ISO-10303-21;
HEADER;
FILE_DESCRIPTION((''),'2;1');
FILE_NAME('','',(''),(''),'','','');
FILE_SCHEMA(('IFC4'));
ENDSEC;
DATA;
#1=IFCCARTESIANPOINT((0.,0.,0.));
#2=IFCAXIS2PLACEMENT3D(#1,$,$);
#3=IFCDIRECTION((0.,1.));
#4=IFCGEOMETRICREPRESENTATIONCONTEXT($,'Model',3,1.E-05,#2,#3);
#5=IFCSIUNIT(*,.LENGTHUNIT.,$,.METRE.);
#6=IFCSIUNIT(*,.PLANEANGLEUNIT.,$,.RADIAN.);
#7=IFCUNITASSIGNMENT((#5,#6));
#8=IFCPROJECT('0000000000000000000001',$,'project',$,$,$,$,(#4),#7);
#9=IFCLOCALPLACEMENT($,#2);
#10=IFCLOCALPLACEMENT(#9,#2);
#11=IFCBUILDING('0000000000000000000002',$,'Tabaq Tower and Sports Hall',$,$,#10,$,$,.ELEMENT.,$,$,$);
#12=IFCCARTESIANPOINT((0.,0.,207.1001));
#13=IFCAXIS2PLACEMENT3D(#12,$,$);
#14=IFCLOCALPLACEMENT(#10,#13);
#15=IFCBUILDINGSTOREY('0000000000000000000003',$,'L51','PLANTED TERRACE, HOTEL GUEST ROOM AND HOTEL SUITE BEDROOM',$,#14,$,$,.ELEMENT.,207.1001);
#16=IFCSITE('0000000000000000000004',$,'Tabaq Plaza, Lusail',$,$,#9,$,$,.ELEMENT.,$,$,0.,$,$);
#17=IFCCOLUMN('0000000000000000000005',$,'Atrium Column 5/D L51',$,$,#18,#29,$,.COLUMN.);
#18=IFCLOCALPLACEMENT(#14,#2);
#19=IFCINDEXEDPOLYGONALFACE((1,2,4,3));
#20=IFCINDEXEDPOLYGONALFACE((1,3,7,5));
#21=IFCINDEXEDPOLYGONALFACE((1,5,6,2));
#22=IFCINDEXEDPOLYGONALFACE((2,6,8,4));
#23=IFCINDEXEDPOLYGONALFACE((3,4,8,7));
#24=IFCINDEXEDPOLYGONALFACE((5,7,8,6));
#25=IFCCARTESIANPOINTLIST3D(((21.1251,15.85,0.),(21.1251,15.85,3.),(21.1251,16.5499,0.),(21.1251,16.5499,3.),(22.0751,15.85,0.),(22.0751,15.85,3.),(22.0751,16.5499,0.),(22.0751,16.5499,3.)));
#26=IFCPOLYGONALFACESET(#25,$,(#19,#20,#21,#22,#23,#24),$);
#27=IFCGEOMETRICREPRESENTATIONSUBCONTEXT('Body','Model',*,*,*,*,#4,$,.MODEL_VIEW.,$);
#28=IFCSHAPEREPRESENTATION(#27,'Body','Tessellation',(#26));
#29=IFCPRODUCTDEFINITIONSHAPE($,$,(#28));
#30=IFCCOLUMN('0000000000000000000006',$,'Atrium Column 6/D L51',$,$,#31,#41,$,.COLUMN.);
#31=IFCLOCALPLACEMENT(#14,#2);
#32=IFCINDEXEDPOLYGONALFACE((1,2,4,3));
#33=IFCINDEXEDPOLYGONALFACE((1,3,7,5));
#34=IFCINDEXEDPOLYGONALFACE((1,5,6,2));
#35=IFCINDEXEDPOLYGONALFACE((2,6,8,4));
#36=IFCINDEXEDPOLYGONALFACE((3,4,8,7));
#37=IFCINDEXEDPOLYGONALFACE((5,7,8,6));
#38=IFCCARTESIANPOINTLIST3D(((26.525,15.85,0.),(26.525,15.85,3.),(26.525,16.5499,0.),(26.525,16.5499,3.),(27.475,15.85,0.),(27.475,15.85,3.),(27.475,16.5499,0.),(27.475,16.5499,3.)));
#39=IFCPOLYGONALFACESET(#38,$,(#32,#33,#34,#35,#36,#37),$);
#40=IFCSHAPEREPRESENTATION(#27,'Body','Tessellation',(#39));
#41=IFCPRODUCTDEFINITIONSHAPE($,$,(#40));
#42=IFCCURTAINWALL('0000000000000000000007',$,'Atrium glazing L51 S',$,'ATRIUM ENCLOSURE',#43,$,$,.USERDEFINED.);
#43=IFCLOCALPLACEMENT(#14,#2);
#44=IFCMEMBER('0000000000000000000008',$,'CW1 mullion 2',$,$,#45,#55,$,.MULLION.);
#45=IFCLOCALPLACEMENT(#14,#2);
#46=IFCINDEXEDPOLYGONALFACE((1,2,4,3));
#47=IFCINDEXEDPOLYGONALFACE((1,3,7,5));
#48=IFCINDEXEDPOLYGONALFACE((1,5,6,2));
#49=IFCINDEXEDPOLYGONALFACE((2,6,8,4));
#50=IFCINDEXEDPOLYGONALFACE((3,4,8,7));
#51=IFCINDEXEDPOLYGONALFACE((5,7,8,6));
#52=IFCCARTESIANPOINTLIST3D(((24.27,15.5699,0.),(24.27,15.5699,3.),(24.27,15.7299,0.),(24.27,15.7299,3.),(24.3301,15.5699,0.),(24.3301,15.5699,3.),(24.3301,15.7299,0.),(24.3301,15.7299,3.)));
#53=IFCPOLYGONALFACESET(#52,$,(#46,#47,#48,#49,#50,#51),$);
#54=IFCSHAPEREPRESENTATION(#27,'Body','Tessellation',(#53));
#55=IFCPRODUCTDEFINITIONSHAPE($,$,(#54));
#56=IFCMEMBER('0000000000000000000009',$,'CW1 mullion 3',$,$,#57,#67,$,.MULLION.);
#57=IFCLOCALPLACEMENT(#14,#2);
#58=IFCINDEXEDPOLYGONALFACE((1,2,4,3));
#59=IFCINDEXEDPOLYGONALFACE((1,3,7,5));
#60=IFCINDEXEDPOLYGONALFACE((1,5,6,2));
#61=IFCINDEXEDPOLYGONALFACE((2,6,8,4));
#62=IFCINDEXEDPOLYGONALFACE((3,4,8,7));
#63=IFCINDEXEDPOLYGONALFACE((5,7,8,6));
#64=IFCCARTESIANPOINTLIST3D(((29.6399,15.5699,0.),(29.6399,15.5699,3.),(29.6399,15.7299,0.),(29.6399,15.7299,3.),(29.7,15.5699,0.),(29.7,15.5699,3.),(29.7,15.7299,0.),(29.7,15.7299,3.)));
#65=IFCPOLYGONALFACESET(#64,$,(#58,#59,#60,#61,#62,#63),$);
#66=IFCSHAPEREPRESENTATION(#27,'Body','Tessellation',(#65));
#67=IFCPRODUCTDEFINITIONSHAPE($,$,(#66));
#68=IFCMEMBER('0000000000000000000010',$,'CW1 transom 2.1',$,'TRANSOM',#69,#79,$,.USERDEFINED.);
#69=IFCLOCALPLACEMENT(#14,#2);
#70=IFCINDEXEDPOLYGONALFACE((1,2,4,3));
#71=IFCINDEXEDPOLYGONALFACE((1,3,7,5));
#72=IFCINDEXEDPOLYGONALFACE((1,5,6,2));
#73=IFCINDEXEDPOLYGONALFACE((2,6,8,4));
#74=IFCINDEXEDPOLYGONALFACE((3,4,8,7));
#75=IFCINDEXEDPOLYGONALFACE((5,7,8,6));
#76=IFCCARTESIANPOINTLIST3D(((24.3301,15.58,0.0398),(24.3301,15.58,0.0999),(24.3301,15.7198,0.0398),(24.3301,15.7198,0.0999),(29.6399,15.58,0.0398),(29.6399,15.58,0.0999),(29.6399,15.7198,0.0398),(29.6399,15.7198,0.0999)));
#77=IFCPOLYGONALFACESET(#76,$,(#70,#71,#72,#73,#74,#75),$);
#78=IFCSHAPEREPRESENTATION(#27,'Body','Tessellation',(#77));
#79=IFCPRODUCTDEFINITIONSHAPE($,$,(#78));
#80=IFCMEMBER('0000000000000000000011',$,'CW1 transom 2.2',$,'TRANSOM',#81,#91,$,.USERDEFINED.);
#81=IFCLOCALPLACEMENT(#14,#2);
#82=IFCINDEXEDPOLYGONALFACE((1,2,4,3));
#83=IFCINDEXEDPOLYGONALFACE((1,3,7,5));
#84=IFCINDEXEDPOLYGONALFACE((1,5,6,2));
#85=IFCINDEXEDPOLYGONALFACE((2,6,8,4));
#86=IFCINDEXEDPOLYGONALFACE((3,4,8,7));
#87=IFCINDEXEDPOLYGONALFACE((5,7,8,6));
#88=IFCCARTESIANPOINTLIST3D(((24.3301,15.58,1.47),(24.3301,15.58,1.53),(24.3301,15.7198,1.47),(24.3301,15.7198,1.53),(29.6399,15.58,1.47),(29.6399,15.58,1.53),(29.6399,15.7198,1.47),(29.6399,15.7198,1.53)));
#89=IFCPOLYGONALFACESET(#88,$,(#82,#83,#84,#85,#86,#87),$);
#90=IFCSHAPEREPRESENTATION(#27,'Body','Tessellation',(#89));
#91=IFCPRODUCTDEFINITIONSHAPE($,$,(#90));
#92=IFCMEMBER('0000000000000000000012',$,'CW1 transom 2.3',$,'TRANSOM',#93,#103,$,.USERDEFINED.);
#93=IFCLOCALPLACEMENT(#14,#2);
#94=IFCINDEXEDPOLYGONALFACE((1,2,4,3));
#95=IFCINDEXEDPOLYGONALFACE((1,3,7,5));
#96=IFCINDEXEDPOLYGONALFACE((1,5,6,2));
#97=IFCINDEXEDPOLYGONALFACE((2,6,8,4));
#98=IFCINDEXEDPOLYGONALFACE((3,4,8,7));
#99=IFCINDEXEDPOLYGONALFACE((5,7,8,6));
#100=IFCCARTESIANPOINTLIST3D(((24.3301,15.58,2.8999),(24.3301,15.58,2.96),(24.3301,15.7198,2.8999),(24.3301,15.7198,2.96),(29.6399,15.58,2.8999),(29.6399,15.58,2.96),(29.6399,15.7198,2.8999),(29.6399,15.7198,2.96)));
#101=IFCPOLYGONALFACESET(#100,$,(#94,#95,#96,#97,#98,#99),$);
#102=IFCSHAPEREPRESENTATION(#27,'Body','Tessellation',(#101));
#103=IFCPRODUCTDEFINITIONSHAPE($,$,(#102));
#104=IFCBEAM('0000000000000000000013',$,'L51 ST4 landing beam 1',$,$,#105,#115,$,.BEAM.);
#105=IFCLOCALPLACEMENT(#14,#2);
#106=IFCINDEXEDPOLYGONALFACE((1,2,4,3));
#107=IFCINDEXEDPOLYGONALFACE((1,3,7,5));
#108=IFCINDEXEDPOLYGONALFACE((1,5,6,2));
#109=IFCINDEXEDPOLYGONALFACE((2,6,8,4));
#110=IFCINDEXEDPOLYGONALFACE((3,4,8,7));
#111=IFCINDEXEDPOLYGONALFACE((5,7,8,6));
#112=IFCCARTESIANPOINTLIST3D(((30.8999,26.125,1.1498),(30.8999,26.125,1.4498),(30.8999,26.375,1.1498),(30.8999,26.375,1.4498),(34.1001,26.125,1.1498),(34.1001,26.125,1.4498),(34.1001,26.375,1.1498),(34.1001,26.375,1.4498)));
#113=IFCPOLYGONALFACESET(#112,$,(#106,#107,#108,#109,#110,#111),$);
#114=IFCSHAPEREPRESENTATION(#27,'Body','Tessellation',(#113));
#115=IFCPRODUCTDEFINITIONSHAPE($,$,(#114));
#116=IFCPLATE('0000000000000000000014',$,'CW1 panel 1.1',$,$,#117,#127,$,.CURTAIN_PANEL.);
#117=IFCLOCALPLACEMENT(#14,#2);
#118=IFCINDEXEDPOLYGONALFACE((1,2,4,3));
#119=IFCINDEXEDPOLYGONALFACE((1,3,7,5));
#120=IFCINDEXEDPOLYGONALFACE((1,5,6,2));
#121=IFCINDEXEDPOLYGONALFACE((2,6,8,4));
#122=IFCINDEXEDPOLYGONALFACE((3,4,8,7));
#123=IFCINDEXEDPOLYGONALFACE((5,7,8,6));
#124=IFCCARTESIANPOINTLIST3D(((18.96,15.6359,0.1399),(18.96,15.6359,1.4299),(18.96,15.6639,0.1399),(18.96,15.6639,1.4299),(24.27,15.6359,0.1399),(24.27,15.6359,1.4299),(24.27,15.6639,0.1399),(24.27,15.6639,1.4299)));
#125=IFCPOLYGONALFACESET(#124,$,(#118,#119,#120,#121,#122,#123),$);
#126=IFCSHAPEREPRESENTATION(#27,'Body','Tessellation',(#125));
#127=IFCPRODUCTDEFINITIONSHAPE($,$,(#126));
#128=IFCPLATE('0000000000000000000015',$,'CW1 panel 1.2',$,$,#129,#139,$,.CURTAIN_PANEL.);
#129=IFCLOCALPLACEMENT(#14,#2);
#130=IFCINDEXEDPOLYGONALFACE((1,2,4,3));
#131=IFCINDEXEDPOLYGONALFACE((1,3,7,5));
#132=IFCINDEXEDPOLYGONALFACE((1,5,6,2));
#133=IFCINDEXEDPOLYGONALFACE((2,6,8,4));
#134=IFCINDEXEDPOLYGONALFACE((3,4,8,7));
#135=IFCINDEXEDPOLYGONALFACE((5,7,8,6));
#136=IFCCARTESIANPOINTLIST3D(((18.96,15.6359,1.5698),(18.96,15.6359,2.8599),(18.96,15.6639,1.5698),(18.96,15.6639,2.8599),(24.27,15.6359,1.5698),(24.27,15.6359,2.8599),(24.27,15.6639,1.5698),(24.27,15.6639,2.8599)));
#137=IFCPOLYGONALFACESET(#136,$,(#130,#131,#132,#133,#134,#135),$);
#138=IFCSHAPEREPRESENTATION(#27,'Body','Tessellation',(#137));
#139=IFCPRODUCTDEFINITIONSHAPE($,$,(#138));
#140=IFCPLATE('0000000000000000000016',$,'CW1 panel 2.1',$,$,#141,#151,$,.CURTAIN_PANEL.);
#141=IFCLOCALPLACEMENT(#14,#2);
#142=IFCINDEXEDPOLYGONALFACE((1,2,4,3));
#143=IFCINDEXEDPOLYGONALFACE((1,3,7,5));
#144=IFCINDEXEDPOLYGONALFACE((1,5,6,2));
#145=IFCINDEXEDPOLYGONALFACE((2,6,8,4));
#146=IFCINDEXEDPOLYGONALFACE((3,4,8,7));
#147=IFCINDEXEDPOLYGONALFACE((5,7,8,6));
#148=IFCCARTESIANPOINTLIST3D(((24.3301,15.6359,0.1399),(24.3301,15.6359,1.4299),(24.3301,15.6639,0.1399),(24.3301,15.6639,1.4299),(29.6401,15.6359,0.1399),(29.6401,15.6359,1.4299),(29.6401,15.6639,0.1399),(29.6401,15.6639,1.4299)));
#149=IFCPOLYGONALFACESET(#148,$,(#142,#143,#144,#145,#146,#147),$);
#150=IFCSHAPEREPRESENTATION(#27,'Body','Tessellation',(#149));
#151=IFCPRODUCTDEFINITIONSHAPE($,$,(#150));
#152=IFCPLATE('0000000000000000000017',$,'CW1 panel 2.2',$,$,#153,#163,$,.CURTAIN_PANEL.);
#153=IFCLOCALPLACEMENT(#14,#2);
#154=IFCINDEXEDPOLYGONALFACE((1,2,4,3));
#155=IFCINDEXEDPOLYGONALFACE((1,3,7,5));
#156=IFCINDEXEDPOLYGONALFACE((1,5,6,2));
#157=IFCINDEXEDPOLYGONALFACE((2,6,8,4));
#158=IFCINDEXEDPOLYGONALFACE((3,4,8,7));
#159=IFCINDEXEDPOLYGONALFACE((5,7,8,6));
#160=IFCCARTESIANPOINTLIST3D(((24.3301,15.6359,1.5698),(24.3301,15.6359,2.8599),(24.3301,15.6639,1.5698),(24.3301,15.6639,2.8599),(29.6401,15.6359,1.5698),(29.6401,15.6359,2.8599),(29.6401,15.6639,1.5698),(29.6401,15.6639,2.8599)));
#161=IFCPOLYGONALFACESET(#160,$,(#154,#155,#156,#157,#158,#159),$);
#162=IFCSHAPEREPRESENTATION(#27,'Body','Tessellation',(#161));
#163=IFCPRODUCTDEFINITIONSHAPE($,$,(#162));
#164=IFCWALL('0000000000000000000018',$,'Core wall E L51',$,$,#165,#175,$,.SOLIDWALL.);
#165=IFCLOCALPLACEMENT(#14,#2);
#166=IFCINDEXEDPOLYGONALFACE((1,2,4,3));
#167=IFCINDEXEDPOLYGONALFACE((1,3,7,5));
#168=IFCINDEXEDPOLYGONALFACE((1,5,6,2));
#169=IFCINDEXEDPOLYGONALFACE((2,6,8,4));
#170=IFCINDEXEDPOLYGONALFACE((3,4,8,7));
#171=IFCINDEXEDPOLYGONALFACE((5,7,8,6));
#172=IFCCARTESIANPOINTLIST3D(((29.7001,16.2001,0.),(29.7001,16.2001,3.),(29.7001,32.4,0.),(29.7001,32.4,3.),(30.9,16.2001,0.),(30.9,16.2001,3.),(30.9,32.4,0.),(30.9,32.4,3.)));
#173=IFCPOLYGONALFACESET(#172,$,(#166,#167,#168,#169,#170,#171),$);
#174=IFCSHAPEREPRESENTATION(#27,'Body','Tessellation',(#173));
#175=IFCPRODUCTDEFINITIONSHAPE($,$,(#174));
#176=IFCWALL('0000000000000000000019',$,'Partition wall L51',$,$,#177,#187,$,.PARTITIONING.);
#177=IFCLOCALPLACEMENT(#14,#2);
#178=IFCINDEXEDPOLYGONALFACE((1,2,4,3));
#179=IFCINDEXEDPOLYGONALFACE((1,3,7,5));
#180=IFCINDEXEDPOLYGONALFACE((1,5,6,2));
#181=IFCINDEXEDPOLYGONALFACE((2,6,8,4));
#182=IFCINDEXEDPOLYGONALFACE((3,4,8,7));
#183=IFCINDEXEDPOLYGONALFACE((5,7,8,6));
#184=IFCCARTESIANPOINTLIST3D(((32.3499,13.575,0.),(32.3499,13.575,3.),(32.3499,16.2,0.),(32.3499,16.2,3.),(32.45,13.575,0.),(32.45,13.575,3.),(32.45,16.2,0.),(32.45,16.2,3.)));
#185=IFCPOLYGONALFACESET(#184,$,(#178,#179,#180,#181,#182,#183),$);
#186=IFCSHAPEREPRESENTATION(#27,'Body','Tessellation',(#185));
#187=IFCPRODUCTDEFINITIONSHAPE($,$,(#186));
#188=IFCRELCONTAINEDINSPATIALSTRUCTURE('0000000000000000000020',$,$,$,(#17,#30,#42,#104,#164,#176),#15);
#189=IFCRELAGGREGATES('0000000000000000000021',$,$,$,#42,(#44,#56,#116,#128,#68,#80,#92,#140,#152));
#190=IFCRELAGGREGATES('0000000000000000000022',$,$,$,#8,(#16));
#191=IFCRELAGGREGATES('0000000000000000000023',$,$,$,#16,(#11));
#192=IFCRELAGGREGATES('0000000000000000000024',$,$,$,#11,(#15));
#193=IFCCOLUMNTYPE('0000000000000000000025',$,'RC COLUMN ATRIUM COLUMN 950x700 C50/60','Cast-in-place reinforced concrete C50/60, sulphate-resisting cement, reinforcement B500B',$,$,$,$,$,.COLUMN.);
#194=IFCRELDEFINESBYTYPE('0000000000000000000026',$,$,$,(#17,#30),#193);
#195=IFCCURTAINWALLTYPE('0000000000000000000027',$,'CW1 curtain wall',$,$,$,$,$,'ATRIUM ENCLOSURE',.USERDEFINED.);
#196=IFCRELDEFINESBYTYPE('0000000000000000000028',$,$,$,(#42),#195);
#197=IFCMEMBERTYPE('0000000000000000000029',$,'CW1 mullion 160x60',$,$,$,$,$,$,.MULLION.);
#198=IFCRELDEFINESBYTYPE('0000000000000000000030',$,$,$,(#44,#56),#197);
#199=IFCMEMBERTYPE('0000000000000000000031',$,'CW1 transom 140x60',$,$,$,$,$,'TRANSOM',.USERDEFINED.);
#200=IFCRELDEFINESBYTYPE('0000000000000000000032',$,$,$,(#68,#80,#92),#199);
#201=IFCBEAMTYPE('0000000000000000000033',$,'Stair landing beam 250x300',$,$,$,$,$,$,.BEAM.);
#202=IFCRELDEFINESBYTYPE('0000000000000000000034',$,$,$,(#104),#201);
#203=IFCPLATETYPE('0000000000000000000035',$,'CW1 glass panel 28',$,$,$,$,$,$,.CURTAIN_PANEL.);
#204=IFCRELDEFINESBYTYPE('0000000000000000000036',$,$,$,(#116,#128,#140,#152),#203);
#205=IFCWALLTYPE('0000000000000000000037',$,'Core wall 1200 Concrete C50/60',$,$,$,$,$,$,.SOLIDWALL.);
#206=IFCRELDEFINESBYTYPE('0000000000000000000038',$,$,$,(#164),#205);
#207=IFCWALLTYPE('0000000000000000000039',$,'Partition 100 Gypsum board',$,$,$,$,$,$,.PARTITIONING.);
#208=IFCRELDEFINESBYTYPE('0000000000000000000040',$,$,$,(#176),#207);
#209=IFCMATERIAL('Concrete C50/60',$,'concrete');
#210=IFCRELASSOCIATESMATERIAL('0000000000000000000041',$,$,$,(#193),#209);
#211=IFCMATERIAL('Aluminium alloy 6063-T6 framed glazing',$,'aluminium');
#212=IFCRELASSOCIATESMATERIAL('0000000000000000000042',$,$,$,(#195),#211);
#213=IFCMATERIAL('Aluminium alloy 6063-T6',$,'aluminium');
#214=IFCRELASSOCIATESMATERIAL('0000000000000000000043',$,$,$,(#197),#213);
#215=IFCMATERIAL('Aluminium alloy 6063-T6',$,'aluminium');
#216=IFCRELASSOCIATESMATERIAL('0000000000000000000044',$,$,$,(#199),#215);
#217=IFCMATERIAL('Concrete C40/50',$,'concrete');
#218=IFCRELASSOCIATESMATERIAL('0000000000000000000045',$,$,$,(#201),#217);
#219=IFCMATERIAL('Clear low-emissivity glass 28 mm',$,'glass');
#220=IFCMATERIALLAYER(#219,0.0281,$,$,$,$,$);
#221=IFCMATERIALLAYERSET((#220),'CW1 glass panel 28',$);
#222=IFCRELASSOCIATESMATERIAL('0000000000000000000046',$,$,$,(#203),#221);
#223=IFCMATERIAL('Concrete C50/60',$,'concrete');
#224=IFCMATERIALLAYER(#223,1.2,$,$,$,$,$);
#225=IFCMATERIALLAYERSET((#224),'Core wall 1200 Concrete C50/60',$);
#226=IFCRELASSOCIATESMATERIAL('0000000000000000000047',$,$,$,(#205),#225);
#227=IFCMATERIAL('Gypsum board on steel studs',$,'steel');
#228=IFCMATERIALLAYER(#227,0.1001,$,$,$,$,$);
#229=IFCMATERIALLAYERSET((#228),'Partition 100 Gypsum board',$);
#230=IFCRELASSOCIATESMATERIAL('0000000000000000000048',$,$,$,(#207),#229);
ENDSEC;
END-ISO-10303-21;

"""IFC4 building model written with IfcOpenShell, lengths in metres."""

from ifc_helpers import new_model, si_unit, direction, frame, frame_2d, origin, origin_2d, place, context, subcontext, project, spatial, rectangle, extrude, material, layer, layer_set, material_profile, profile_set, type_object, element, aggregate, save


model = new_model("IFC4")

# Units and contexts
model_context = context("Model", 3, precision=1e-05, world=origin(), true_north=direction((0.0, 1.0)))
body_context = subcontext(model_context, "Body", "Model", "MODEL_VIEW")
ifc_project = project(units=[si_unit("LENGTHUNIT", "METRE"), si_unit("PLANEANGLEUNIT", "RADIAN")], contexts=[model_context])

# Site, building, storey
site_placement = place(None, origin())
site = spatial("IfcSite", under=ifc_project, at=site_placement, Name="Tabaq Plaza, Lusail", CompositionType="ELEMENT", RefElevation=0.0)
building_placement = place(site_placement, origin())
building = spatial("IfcBuilding", under=site, at=building_placement, Name="Tabaq Tower and Sports Hall", CompositionType="ELEMENT")
storey_placement = place(building_placement, frame((0.0, 0.0, 207.1001)))
storey = spatial("IfcBuildingStorey", under=building, at=storey_placement, Name="L51", Description="PLANTED TERRACE, HOTEL GUEST ROOM AND HOTEL SUITE BEDROOM", CompositionType="ELEMENT", Elevation=207.1001)

# Columns
ifc_material_1 = material(Name="Concrete C50/60", Category="concrete")
ifc_material_profile_1 = material_profile(ifc_material_1, rectangle(XDim=0.95, YDim=0.7, at=origin_2d()), Name="ATRIUM COLUMN 950x700")
ifc_profile_set_1 = profile_set([ifc_material_profile_1], Name="Concrete C50/60")
column_type = type_object("IfcColumnType", Name="RC COLUMN ATRIUM COLUMN 950x700 C50/60", Description="Cast-in-place reinforced concrete C50/60, sulphate-resisting cement, reinforcement B500B", PredefinedType="COLUMN", material=ifc_profile_set_1)
for number, where, z_axis, x_axis, name in (
    (1, (21.6001, 16.2, 0.0), (0.0, 0.0, 1.0), (1.0, 0.0, 0.0), "Atrium Column 5/D L51"),
    (2, (27.0, 16.2, 0.0), (0.0, 0.0, 1.0), (1.0, 0.0, 0.0), "Atrium Column 6/D L51"),
):
    element("IfcColumn", number, at=place(storey_placement, frame(where, z_axis=z_axis, x_axis=x_axis)), inside=storey, type_object=column_type, Name=name, PredefinedType="COLUMN", context=body_context, shape_type="SweptSolid", body=[
        extrude(rectangle(XDim=0.95, YDim=0.7, at=origin_2d()), origin(), (0.0, 0.0, 1.0), 3.0),
    ])

# Curtain wall, members
ifc_material_2 = material(Name="Aluminium alloy 6063-T6 framed glazing", Category="aluminium")
curtain_wall_type = type_object("IfcCurtainWallType", Name="CW1 curtain wall", ElementType="ATRIUM ENCLOSURE", PredefinedType="USERDEFINED", material=ifc_material_2)
curtain_wall_placement = place(storey_placement, origin())
curtain_wall = element("IfcCurtainWall", 3, at=curtain_wall_placement, inside=storey, type_object=curtain_wall_type, Name="Atrium glazing L51 S", ObjectType="ATRIUM ENCLOSURE", PredefinedType="USERDEFINED")
ifc_material_3 = material(Name="Aluminium alloy 6063-T6", Category="aluminium")
ifc_material_profile_2 = material_profile(ifc_material_3, rectangle(XDim=0.1599, YDim=0.0601, at=origin_2d()), Name="MULLION 160x60")
ifc_profile_set_2 = profile_set([ifc_material_profile_2], Name="Aluminium alloy 6063-T6")
member_type_1 = type_object("IfcMemberType", Name="CW1 mullion 160x60", PredefinedType="MULLION", material=ifc_profile_set_2)
member_1_placement = place(storey_placement, frame((24.3, 15.6499, 0.0), z_axis=(0.0, 0.0, 1.0), x_axis=(0.0, 1.0, 0.0)))
member_1 = element("IfcMember", 4, at=member_1_placement, type_object=member_type_1, Name="CW1 mullion 2", PredefinedType="MULLION", context=body_context, shape_type="SweptSolid", body=[
    extrude(rectangle(XDim=0.1599, YDim=0.0601, at=origin_2d()), origin(), (0.0, 0.0, 1.0), 3.0),
])
member_2_placement = place(storey_placement, frame((29.6699, 15.6499, 0.0), z_axis=(0.0, 0.0, 1.0), x_axis=(0.0, 1.0, 0.0)))
member_2 = element("IfcMember", 5, at=member_2_placement, type_object=member_type_1, Name="CW1 mullion 3", PredefinedType="MULLION", context=body_context, shape_type="SweptSolid", body=[
    extrude(rectangle(XDim=0.1599, YDim=0.0601, at=origin_2d()), origin(), (0.0, 0.0, 1.0), 3.0),
])
ifc_material_4 = material(Name="Aluminium alloy 6063-T6", Category="aluminium")
ifc_material_profile_3 = material_profile(ifc_material_4, rectangle(XDim=0.1399, YDim=0.0601, at=origin_2d()), Name="TRANSOM 140x60")
ifc_profile_set_3 = profile_set([ifc_material_profile_3], Name="Aluminium alloy 6063-T6")
member_type_2 = type_object("IfcMemberType", Name="CW1 transom 140x60", ElementType="TRANSOM", PredefinedType="USERDEFINED", material=ifc_profile_set_3)
member_3_placement = place(storey_placement, frame((24.3301, 15.6499, 0.0698), z_axis=(1.0, 0.0, 0.0), x_axis=(0.0, 1.0, 0.0)))
member_3 = element("IfcMember", 6, at=member_3_placement, type_object=member_type_2, Name="CW1 transom 2.1", ObjectType="TRANSOM", PredefinedType="USERDEFINED", context=body_context, shape_type="SweptSolid", body=[
    extrude(rectangle(XDim=0.1399, YDim=0.0601, at=origin_2d()), origin(), (0.0, 0.0, 1.0), 5.3098),
])
member_4_placement = place(storey_placement, frame((24.3301, 15.6499, 1.5), z_axis=(1.0, 0.0, 0.0), x_axis=(0.0, 1.0, 0.0)))
member_4 = element("IfcMember", 7, at=member_4_placement, type_object=member_type_2, Name="CW1 transom 2.2", ObjectType="TRANSOM", PredefinedType="USERDEFINED", context=body_context, shape_type="SweptSolid", body=[
    extrude(rectangle(XDim=0.1399, YDim=0.0601, at=origin_2d()), origin(), (0.0, 0.0, 1.0), 5.3098),
])
member_5_placement = place(storey_placement, frame((24.3301, 15.6499, 2.9299), z_axis=(1.0, 0.0, 0.0), x_axis=(0.0, 1.0, 0.0)))
member_5 = element("IfcMember", 8, at=member_5_placement, type_object=member_type_2, Name="CW1 transom 2.3", ObjectType="TRANSOM", PredefinedType="USERDEFINED", context=body_context, shape_type="SweptSolid", body=[
    extrude(rectangle(XDim=0.1399, YDim=0.0601, at=origin_2d()), origin(), (0.0, 0.0, 1.0), 5.3098),
])

# Beam
ifc_material_5 = material(Name="Concrete C40/50", Category="concrete")
ifc_material_profile_4 = material_profile(ifc_material_5, rectangle(XDim=0.25, YDim=0.3, at=origin_2d()), Name="RC 250x300")
ifc_profile_set_4 = profile_set([ifc_material_profile_4], Name="Concrete C40/50")
beam_type = type_object("IfcBeamType", Name="Stair landing beam 250x300", PredefinedType="BEAM", material=ifc_profile_set_4)
beam_placement = place(storey_placement, frame((30.8999, 26.25, 1.2998), z_axis=(1.0, 0.0, 0.0), x_axis=(0.0, 1.0, 0.0)))
element("IfcBeam", 9, at=beam_placement, inside=storey, type_object=beam_type, Name="L51 ST4 landing beam 1", PredefinedType="BEAM", context=body_context, shape_type="SweptSolid", body=[
    extrude(rectangle(XDim=0.25, YDim=0.3, at=origin_2d()), origin(), (0.0, 0.0, 1.0), 3.2002),
])

# Plates
ifc_material_6 = material(Name="Clear low-emissivity glass 28 mm", Category="glass")
ifc_layer_1 = layer(ifc_material_6, 0.0281)
ifc_layer_set_1 = layer_set([ifc_layer_1], Name="CW1 glass panel 28")
plate_type = type_object("IfcPlateType", Name="CW1 glass panel 28", PredefinedType="CURTAIN_PANEL", material=ifc_layer_set_1)
plate_1_placement = place(storey_placement, frame((21.615, 15.6499, 0.1399), z_axis=(0.0, 0.0, 1.0), x_axis=(1.0, 0.0, 0.0)))
plate_1 = element("IfcPlate", 10, at=plate_1_placement, type_object=plate_type, Name="CW1 panel 1.1", PredefinedType="CURTAIN_PANEL", context=body_context, shape_type="SweptSolid", body=[
    extrude(rectangle(XDim=5.3101, YDim=0.0281, at=origin_2d()), origin(), (0.0, 0.0, 1.0), 1.29),
])
plate_2_placement = place(storey_placement, frame((21.615, 15.6499, 1.5698), z_axis=(0.0, 0.0, 1.0), x_axis=(1.0, 0.0, 0.0)))
plate_2 = element("IfcPlate", 11, at=plate_2_placement, type_object=plate_type, Name="CW1 panel 1.2", PredefinedType="CURTAIN_PANEL", context=body_context, shape_type="SweptSolid", body=[
    extrude(rectangle(XDim=5.3101, YDim=0.0281, at=origin_2d()), origin(), (0.0, 0.0, 1.0), 1.29),
])
plate_3_placement = place(storey_placement, frame((26.9851, 15.6499, 0.1399), z_axis=(0.0, 0.0, 1.0), x_axis=(1.0, 0.0, 0.0)))
plate_3 = element("IfcPlate", 12, at=plate_3_placement, type_object=plate_type, Name="CW1 panel 2.1", PredefinedType="CURTAIN_PANEL", context=body_context, shape_type="SweptSolid", body=[
    extrude(rectangle(XDim=5.3101, YDim=0.0281, at=origin_2d()), origin(), (0.0, 0.0, 1.0), 1.29),
])
plate_4_placement = place(storey_placement, frame((26.9851, 15.6499, 1.5698), z_axis=(0.0, 0.0, 1.0), x_axis=(1.0, 0.0, 0.0)))
plate_4 = element("IfcPlate", 13, at=plate_4_placement, type_object=plate_type, Name="CW1 panel 2.2", PredefinedType="CURTAIN_PANEL", context=body_context, shape_type="SweptSolid", body=[
    extrude(rectangle(XDim=5.3101, YDim=0.0281, at=origin_2d()), origin(), (0.0, 0.0, 1.0), 1.29),
])
aggregate(curtain_wall, [member_1, member_2, plate_1, plate_2, member_3, member_4, member_5, plate_3, plate_4])

# Walls
ifc_material_7 = material(Name="Concrete C50/60", Category="concrete")
ifc_layer_2 = layer(ifc_material_7, 1.2)
ifc_layer_set_2 = layer_set([ifc_layer_2], Name="Core wall 1200 Concrete C50/60")
wall_type_1 = type_object("IfcWallType", Name="Core wall 1200 Concrete C50/60", PredefinedType="SOLIDWALL", material=ifc_layer_set_2)
wall_1_placement = place(storey_placement, frame((30.3, 16.2, 0.0), z_axis=(0.0, 0.0, 1.0), x_axis=(0.0, 1.0, 0.0)))
element("IfcWall", 14, at=wall_1_placement, inside=storey, type_object=wall_type_1, Name="Core wall E L51", PredefinedType="SOLIDWALL", context=body_context, shape_type="SweptSolid", body=[
    extrude(rectangle(XDim=16.2, YDim=1.2, at=frame_2d((8.1001, 0.0))), origin(), (0.0, 0.0, 1.0), 3.0),
])
ifc_material_8 = material(Name="Gypsum board on steel studs", Category="steel")
ifc_layer_3 = layer(ifc_material_8, 0.1001)
ifc_layer_set_3 = layer_set([ifc_layer_3], Name="Partition 100 Gypsum board")
wall_type_2 = type_object("IfcWallType", Name="Partition 100 Gypsum board", PredefinedType="PARTITIONING", material=ifc_layer_set_3)
wall_2_placement = place(storey_placement, frame((32.3999, 13.575, 0.0), z_axis=(0.0, 0.0, 1.0), x_axis=(0.0, 1.0, 0.0)))
element("IfcWall", 15, at=wall_2_placement, inside=storey, type_object=wall_type_2, Name="Partition wall L51", PredefinedType="PARTITIONING", context=body_context, shape_type="SweptSolid", body=[
    extrude(rectangle(XDim=2.625, YDim=0.1001, at=frame_2d((1.3125, 0.0))), origin(), (0.0, 0.0, 1.0), 3.0),
])

save(model, "model.ifc")
